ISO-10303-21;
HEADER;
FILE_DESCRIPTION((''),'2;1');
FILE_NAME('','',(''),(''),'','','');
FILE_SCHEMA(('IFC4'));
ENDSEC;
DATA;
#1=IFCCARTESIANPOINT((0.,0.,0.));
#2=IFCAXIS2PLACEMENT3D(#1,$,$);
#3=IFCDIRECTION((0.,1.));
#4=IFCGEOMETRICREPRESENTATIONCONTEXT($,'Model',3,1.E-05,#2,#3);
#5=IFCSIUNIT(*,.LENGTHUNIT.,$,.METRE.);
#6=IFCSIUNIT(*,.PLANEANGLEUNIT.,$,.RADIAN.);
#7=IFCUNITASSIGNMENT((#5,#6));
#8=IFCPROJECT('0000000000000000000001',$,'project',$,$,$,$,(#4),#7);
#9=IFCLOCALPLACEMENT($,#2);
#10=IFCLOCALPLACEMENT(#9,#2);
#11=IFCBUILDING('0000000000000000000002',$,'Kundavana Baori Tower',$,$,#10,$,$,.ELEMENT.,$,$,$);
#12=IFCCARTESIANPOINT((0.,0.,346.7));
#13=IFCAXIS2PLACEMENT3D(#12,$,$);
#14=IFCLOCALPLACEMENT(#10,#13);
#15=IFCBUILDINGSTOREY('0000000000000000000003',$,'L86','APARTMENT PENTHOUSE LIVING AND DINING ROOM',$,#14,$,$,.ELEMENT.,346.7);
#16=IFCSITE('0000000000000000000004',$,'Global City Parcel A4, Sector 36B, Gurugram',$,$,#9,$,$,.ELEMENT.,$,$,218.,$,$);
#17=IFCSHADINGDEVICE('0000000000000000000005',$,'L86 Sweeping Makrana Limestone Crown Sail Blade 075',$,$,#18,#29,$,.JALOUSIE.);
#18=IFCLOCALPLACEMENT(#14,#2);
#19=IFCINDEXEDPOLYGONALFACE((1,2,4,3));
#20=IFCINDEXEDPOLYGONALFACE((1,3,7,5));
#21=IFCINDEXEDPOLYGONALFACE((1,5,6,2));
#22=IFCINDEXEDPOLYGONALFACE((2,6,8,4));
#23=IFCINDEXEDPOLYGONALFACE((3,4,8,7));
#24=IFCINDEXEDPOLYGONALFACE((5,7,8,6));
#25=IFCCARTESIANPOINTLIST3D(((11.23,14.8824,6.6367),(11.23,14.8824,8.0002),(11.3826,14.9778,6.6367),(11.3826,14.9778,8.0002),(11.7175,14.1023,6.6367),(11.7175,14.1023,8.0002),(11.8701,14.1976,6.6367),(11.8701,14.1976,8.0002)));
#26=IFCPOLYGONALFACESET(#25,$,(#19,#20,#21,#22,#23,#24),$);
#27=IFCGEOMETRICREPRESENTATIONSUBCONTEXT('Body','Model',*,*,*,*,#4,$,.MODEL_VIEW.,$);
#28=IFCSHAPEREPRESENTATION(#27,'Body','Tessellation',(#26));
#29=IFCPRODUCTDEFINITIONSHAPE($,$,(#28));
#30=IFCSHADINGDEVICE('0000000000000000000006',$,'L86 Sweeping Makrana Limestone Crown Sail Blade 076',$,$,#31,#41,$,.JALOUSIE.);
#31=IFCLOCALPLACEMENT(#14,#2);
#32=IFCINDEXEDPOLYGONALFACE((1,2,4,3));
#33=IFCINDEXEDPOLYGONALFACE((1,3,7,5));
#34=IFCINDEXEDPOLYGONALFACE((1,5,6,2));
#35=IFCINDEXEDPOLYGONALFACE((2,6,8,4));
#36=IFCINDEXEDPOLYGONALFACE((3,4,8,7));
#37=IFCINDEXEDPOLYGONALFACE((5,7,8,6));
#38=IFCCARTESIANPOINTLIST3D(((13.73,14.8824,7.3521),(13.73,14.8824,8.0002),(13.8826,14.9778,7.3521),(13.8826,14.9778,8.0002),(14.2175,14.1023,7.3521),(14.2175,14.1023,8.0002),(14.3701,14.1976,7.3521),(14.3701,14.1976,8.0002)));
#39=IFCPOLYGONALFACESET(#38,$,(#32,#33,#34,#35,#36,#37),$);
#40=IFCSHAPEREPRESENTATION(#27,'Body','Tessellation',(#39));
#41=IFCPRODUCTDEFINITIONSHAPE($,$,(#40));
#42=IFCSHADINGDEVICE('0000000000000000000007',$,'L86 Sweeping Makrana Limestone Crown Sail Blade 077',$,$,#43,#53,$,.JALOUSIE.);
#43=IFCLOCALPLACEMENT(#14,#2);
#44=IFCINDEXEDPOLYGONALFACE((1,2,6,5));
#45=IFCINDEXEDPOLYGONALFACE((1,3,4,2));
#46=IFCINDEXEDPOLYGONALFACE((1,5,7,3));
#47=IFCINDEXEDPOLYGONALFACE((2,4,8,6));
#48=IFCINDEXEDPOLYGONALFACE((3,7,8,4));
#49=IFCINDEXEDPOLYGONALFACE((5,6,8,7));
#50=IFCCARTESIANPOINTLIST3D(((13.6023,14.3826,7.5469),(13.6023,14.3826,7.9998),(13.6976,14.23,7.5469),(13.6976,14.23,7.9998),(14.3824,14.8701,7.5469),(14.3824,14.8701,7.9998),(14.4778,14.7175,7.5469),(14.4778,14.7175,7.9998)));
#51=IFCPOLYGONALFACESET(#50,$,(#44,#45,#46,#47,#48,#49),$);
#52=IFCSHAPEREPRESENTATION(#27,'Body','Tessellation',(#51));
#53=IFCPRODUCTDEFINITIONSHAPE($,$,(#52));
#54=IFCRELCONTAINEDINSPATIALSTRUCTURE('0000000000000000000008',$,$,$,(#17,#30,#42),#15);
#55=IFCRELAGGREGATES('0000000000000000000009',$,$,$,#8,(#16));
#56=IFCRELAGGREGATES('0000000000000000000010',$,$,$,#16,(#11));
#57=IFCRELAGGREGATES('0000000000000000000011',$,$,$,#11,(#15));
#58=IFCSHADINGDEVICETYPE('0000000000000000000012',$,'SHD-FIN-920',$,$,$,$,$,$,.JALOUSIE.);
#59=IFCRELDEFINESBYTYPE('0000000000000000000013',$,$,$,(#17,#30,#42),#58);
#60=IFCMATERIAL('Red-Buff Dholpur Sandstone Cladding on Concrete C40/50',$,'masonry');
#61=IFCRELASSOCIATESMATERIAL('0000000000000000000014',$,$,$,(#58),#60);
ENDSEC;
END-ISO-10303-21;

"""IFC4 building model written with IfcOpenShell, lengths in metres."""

from ifc_helpers import new_model, si_unit, direction, frame, origin, origin_2d, place, context, subcontext, project, spatial, rectangle, extrude, material, type_object, element, save


model = new_model("IFC4")

# Units and contexts
model_context = context("Model", 3, precision=1e-05, world=origin(), true_north=direction((0.0, 1.0)))
body_context = subcontext(model_context, "Body", "Model", "MODEL_VIEW")
ifc_project = project(units=[si_unit("LENGTHUNIT", "METRE"), si_unit("PLANEANGLEUNIT", "RADIAN")], contexts=[model_context])

# Site, building, storey
site_placement = place(None, origin())
site = spatial("IfcSite", under=ifc_project, at=site_placement, Name="Global City Parcel A4, Sector 36B, Gurugram", CompositionType="ELEMENT", RefElevation=218.0)
building_placement = place(site_placement, origin())
building = spatial("IfcBuilding", under=site, at=building_placement, Name="Kundavana Baori Tower", CompositionType="ELEMENT")
storey_placement = place(building_placement, frame((0.0, 0.0, 346.7)))
storey = spatial("IfcBuildingStorey", under=building, at=storey_placement, Name="L86", Description="APARTMENT PENTHOUSE LIVING AND DINING ROOM", CompositionType="ELEMENT", Elevation=346.7)

# Shading devices
ifc_material_1 = material(Name="Red-Buff Dholpur Sandstone Cladding on Concrete C40/50", Category="masonry")
shading_device_type = type_object("IfcShadingDeviceType", Name="SHD-FIN-920", PredefinedType="JALOUSIE", material=ifc_material_1)
shading_device_1_placement = place(storey_placement, frame((11.55, 14.54, 6.6367), z_axis=(0.0, 0.0, 1.0), x_axis=(0.848048, 0.529919, 0.0)))
element("IfcShadingDevice", 1, at=shading_device_1_placement, inside=storey, type_object=shading_device_type, Name="L86 Sweeping Makrana Limestone Crown Sail Blade 075", PredefinedType="JALOUSIE", context=body_context, shape_type="SweptSolid", body=[
    extrude(rectangle(XDim=0.1799, YDim=0.9199, at=origin_2d()), origin(), (0.0, 0.0, 1.0), 1.3635),
])
shading_device_2_placement = place(storey_placement, frame((14.05, 14.54, 7.3521), z_axis=(0.0, 0.0, 1.0), x_axis=(0.848048, 0.529919, 0.0)))
element("IfcShadingDevice", 2, at=shading_device_2_placement, inside=storey, type_object=shading_device_type, Name="L86 Sweeping Makrana Limestone Crown Sail Blade 076", PredefinedType="JALOUSIE", context=body_context, shape_type="SweptSolid", body=[
    extrude(rectangle(XDim=0.1799, YDim=0.9199, at=origin_2d()), origin(), (0.0, 0.0, 1.0), 0.6482),
])
shading_device_3_placement = place(storey_placement, frame((14.04, 14.55, 7.5469), z_axis=(0.0, 0.0, 1.0), x_axis=(-0.529919, 0.848048, 0.0)))
element("IfcShadingDevice", 3, at=shading_device_3_placement, inside=storey, type_object=shading_device_type, Name="L86 Sweeping Makrana Limestone Crown Sail Blade 077", PredefinedType="JALOUSIE", context=body_context, shape_type="SweptSolid", body=[
    extrude(rectangle(XDim=0.1799, YDim=0.9199, at=origin_2d()), origin(), (0.0, 0.0, 1.0), 0.4529),
])

save(model, "model.ifc")
